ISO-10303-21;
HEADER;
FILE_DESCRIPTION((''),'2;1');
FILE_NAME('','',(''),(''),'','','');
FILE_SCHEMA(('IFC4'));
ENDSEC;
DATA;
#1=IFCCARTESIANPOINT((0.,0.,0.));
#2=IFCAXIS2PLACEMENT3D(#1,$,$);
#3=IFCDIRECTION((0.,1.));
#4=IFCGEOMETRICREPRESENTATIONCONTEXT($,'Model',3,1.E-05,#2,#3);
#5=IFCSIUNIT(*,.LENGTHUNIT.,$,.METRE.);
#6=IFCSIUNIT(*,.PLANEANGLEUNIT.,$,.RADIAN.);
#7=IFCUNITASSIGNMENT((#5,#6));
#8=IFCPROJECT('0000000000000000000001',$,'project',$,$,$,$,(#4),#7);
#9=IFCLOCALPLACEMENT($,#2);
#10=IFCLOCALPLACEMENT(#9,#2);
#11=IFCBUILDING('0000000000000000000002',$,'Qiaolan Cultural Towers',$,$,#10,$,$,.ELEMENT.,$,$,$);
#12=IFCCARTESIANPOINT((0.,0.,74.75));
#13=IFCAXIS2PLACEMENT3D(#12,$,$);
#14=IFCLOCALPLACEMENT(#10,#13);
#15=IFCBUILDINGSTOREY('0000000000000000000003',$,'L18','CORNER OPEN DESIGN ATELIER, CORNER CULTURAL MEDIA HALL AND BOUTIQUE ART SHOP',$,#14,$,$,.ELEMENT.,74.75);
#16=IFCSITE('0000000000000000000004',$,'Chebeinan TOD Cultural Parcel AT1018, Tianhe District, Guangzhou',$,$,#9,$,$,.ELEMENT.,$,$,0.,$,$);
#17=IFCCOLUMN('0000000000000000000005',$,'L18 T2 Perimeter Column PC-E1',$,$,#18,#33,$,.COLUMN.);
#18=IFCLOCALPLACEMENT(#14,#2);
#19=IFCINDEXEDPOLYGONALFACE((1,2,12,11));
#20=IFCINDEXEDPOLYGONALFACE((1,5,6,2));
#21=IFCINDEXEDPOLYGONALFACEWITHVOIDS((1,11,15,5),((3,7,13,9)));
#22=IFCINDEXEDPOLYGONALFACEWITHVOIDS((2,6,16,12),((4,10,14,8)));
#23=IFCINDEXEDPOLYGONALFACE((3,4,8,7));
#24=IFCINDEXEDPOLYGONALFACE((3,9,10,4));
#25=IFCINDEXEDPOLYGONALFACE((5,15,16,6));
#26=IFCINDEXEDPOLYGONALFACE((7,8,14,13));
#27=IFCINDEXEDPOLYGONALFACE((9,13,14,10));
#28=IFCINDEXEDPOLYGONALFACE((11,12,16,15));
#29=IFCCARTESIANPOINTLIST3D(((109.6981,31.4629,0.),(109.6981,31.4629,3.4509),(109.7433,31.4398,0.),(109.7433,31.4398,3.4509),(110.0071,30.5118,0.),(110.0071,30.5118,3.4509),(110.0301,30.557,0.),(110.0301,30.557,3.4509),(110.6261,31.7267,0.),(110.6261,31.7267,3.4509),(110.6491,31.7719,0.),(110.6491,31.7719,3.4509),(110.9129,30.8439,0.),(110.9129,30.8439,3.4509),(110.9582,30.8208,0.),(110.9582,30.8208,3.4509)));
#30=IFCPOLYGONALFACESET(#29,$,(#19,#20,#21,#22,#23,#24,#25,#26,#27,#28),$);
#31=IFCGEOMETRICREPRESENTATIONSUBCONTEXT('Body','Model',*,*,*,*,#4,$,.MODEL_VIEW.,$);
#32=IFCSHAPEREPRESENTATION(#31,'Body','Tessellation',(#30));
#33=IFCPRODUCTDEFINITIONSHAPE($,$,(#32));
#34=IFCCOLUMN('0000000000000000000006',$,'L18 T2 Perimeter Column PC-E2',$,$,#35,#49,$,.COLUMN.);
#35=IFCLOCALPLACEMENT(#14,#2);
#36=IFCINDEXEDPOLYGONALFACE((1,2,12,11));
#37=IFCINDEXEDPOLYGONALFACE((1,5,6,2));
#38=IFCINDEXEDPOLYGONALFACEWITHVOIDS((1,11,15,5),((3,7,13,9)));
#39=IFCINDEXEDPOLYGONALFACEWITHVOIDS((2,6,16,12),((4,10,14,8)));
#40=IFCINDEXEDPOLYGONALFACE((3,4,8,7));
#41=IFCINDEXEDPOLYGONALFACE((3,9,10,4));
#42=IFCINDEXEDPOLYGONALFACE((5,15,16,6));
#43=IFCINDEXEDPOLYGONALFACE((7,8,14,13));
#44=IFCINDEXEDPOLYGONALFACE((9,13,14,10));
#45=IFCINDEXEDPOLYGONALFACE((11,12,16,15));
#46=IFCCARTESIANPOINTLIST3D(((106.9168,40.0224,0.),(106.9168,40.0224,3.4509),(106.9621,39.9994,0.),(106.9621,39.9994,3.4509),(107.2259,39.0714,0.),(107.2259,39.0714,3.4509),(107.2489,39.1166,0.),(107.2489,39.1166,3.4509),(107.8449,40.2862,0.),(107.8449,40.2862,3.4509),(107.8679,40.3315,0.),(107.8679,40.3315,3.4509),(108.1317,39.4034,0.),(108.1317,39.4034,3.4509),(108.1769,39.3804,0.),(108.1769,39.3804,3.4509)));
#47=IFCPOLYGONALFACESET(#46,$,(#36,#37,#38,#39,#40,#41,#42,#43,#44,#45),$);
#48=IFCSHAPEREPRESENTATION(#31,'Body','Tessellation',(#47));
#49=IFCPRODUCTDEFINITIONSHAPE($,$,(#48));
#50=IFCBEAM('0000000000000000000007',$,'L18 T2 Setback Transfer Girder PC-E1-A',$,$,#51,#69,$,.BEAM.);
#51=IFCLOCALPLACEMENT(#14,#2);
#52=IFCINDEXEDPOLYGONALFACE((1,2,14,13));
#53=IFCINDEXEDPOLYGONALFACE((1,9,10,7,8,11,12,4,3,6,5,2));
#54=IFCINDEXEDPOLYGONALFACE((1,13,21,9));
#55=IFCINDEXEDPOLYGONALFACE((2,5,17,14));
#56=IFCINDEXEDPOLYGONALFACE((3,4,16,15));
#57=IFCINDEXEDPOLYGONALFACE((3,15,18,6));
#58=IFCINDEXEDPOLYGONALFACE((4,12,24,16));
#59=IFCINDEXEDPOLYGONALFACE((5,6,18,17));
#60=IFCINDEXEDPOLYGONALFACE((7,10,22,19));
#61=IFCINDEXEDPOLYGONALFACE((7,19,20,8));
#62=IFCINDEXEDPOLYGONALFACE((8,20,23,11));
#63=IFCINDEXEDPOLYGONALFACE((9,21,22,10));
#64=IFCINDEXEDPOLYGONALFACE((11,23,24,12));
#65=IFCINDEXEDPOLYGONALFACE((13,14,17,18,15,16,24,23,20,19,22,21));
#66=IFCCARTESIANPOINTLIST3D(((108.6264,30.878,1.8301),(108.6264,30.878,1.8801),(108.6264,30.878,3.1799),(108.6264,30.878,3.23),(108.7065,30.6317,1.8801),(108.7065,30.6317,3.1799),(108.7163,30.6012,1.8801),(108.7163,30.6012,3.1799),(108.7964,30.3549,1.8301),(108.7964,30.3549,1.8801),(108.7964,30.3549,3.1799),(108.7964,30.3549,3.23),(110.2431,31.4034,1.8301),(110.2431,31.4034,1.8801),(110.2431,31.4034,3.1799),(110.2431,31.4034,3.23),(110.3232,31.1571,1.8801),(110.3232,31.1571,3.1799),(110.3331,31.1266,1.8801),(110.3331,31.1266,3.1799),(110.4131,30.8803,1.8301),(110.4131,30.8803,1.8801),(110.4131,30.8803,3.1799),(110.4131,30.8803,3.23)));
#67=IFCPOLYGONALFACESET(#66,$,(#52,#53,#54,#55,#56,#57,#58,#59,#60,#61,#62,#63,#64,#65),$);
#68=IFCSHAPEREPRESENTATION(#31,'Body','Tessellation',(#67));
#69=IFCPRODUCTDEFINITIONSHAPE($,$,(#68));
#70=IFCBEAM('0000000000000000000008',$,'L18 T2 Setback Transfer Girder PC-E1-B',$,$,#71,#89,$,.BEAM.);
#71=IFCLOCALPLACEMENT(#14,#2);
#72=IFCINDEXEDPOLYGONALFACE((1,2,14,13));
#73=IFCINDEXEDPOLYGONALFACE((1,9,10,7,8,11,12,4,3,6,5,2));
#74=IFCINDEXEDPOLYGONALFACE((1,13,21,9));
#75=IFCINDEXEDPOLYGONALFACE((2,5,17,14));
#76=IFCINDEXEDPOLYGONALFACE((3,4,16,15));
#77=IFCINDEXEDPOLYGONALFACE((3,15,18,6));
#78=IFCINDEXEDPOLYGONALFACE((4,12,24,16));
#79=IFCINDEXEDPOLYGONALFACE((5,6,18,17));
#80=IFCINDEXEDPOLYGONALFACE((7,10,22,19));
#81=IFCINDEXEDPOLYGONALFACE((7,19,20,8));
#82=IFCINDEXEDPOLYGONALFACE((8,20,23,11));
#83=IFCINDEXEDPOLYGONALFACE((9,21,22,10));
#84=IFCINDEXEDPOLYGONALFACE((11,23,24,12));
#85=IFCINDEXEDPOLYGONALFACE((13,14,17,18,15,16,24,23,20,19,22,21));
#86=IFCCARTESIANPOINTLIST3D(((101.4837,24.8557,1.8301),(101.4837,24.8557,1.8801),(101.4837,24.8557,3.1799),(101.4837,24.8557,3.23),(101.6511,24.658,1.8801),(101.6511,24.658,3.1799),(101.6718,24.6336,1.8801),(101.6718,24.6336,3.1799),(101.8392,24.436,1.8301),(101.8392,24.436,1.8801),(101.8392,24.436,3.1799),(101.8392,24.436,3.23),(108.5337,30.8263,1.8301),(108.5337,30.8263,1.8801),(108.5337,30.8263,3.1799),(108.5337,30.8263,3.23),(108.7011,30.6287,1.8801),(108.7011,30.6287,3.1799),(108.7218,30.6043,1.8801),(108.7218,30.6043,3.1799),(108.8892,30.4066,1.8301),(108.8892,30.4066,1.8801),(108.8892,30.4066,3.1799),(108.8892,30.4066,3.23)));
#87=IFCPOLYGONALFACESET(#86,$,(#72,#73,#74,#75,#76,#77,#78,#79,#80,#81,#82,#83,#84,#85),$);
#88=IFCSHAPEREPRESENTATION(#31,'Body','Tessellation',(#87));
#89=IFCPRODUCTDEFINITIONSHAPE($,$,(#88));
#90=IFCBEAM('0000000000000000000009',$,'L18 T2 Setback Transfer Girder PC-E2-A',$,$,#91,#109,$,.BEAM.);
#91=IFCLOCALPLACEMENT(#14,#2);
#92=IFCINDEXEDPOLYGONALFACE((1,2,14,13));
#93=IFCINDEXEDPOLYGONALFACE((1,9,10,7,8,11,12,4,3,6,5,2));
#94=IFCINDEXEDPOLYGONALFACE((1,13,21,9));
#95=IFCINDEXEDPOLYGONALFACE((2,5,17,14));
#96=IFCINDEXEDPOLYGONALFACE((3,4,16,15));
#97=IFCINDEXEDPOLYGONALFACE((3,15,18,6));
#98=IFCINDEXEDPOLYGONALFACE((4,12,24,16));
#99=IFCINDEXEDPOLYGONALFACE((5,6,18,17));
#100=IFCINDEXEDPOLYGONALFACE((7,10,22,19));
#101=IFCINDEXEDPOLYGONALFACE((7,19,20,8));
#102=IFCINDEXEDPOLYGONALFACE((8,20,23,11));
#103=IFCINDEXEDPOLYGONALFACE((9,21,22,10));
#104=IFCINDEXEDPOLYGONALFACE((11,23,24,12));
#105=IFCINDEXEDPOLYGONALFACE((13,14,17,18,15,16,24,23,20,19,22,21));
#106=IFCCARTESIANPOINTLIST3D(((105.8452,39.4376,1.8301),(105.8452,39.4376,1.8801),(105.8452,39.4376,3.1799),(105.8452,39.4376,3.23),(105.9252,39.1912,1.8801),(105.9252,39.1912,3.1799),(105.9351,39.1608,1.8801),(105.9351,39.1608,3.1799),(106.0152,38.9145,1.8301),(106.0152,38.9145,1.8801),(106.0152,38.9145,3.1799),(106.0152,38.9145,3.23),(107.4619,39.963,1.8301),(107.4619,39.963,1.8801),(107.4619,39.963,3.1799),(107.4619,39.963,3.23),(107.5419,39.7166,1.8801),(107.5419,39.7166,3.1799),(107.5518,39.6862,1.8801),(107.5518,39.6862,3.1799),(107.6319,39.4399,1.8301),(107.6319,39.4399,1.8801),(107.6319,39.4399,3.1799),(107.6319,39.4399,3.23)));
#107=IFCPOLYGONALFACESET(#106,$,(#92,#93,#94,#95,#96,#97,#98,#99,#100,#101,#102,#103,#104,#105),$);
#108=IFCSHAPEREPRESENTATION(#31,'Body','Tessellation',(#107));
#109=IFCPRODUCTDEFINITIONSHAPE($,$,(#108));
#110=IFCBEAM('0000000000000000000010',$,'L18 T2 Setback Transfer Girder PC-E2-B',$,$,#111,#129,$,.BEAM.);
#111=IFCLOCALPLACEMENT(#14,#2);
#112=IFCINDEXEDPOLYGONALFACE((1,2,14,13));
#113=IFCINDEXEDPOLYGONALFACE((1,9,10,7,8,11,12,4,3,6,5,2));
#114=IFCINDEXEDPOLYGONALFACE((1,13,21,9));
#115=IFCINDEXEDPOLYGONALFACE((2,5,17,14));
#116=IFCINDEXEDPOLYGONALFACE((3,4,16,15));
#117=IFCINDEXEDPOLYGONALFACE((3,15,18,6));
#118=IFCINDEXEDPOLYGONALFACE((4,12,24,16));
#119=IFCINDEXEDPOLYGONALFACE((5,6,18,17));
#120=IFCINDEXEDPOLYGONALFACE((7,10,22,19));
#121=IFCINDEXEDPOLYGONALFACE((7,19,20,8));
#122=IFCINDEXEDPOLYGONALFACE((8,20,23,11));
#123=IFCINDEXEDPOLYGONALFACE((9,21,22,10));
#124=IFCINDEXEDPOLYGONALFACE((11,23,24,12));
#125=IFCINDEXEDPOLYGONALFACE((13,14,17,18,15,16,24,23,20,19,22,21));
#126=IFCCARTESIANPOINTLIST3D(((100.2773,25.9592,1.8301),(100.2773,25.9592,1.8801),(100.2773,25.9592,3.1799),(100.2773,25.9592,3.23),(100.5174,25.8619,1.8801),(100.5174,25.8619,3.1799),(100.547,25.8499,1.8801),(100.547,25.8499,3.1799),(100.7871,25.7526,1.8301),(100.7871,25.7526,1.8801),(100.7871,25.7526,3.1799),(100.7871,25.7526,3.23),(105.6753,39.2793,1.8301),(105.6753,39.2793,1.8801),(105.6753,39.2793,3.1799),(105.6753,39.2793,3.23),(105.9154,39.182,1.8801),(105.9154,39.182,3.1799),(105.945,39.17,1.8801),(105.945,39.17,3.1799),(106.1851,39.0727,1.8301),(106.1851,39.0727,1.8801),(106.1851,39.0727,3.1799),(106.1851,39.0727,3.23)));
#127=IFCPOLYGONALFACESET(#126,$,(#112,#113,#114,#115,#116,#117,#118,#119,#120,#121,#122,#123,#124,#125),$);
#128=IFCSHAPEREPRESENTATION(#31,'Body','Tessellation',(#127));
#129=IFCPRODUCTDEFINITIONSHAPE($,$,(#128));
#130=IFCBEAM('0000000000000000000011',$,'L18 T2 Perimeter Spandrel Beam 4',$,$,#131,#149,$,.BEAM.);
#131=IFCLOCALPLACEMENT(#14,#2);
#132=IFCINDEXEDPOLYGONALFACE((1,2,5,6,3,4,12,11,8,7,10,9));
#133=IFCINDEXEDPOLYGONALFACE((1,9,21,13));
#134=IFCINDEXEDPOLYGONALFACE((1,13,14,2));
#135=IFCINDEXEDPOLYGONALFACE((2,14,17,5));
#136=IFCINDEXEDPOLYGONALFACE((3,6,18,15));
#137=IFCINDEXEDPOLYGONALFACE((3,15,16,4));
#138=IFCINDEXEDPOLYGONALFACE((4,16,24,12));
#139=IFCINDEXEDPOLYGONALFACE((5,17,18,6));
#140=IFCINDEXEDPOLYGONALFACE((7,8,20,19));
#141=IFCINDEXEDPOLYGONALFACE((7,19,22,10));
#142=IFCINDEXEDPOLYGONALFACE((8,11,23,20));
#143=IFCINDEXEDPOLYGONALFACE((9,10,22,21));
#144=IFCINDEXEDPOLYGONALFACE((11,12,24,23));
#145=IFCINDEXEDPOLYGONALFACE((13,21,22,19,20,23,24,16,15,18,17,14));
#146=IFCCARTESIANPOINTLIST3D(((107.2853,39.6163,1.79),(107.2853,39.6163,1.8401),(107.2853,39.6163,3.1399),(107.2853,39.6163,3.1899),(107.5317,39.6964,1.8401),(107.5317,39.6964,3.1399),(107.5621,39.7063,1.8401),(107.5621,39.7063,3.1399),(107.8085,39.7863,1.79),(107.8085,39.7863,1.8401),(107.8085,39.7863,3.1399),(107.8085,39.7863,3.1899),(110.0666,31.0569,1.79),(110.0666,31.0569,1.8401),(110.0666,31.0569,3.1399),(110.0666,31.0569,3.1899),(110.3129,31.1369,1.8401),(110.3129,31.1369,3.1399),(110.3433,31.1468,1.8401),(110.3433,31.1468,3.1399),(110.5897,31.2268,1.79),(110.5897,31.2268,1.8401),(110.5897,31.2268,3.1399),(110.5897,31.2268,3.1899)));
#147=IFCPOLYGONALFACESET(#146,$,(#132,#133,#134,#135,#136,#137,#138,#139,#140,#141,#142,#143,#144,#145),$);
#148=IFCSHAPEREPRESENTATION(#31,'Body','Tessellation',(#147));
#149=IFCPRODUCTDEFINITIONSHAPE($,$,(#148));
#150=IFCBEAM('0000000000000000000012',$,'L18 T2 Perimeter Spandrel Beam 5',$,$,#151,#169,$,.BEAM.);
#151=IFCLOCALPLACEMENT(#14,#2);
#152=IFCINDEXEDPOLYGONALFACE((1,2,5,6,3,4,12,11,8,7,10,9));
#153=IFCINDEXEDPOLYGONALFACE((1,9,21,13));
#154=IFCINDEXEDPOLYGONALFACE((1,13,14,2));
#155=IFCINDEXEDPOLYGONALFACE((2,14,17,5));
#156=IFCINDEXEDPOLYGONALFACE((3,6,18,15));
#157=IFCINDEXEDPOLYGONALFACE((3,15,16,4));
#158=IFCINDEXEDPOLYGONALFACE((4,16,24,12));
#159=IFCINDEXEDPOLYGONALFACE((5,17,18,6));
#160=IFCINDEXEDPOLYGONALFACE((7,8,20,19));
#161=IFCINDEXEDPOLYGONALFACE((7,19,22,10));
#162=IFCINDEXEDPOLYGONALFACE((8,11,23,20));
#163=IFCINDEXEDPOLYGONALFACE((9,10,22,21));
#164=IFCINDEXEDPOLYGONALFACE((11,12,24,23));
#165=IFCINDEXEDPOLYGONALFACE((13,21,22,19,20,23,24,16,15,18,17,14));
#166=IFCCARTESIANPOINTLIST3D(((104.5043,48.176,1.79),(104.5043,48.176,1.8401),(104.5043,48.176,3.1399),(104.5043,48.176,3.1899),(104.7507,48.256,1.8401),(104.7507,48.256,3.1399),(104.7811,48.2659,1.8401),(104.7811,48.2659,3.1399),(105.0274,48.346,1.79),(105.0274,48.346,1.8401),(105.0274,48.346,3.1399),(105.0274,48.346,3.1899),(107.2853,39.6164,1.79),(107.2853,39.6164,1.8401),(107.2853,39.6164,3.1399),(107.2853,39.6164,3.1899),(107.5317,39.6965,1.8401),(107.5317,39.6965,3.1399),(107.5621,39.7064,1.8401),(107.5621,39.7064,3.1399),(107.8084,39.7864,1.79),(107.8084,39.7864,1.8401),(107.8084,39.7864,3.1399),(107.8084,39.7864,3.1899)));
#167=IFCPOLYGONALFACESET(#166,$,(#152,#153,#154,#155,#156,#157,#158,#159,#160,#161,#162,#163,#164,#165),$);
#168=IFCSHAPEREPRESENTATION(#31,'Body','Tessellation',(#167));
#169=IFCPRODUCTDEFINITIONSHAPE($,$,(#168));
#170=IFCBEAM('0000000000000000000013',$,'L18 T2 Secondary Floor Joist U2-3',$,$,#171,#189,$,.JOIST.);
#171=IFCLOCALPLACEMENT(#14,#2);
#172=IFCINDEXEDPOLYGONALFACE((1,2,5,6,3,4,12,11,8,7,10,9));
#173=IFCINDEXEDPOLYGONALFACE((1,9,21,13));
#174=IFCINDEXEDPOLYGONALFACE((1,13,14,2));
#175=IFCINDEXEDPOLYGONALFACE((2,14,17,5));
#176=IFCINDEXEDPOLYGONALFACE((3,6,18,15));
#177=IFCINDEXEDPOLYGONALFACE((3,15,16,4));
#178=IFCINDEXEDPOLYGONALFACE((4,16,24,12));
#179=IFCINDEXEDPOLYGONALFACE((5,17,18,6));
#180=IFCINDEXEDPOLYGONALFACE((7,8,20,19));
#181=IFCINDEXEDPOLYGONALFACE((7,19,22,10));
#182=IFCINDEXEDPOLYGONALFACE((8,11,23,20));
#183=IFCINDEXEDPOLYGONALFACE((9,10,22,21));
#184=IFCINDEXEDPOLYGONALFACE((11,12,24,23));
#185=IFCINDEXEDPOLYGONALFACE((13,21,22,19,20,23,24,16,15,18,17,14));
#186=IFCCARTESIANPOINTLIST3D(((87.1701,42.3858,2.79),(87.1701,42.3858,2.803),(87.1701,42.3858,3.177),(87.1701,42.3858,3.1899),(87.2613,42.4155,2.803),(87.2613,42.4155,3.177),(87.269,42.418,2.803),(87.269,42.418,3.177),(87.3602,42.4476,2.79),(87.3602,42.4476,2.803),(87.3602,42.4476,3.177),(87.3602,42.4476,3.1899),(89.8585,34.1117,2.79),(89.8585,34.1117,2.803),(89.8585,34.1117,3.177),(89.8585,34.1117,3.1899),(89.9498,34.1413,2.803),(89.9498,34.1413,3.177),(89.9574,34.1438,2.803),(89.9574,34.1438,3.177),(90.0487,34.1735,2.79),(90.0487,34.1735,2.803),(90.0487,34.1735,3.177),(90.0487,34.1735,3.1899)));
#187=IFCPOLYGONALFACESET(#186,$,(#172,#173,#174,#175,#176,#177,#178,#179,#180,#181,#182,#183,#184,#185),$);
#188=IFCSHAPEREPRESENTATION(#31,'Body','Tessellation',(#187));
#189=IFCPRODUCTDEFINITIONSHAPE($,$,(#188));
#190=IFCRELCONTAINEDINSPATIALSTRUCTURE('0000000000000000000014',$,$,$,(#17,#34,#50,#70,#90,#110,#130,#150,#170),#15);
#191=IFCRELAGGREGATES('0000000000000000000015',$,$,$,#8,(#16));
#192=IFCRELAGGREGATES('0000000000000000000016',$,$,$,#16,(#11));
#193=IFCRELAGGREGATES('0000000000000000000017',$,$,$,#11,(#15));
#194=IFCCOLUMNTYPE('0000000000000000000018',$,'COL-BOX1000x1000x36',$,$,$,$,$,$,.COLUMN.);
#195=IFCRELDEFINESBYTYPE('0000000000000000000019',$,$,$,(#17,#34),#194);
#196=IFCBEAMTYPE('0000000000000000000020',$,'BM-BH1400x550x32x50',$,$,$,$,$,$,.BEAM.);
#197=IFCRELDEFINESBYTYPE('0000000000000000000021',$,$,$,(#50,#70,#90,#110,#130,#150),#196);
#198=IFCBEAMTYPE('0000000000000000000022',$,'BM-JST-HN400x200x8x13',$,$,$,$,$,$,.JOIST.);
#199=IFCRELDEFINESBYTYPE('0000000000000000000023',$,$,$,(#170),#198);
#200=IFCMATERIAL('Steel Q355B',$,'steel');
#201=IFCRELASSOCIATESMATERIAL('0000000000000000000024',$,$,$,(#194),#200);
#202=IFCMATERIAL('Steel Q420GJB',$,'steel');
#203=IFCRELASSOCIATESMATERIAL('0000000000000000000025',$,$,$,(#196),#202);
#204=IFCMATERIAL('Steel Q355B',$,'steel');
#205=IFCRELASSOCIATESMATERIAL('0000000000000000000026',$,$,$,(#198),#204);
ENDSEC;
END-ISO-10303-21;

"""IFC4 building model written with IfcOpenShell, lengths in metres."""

from ifc_helpers import new_model, si_unit, direction, frame, origin, origin_2d, place, context, subcontext, project, spatial, hollow_rectangle, i_section, extrude, material, material_profile, profile_set, type_object, element, save


model = new_model("IFC4")

# Units and contexts
model_context = context("Model", 3, precision=1e-05, world=origin(), true_north=direction((0.0, 1.0)))
body_context = subcontext(model_context, "Body", "Model", "MODEL_VIEW")
ifc_project = project(units=[si_unit("LENGTHUNIT", "METRE"), si_unit("PLANEANGLEUNIT", "RADIAN")], contexts=[model_context])

# Site, building, storey
site_placement = place(None, origin())
site = spatial("IfcSite", under=ifc_project, at=site_placement, Name="Chebeinan TOD Cultural Parcel AT1018, Tianhe District, Guangzhou", CompositionType="ELEMENT", RefElevation=0.0)
building_placement = place(site_placement, origin())
building = spatial("IfcBuilding", under=site, at=building_placement, Name="Qiaolan Cultural Towers", CompositionType="ELEMENT")
storey_placement = place(building_placement, frame((0.0, 0.0, 74.75)))
storey = spatial("IfcBuildingStorey", under=building, at=storey_placement, Name="L18", Description="CORNER OPEN DESIGN ATELIER, CORNER CULTURAL MEDIA HALL AND BOUTIQUE ART SHOP", CompositionType="ELEMENT", Elevation=74.75)

# Columns
ifc_material_1 = material(Name="Steel Q355B", Category="steel")
ifc_material_profile_1 = material_profile(ifc_material_1, hollow_rectangle(XDim=1.0, YDim=1.0, WallThickness=0.0359, at=origin_2d()), Name="BOX1000x1000x36")
ifc_profile_set_1 = profile_set([ifc_material_profile_1], Name="Steel Q355B")
column_type = type_object("IfcColumnType", Name="COL-BOX1000x1000x36", PredefinedType="COLUMN", material=ifc_profile_set_1)
for number, where, z_axis, x_axis, name in (
    (1, (110.3281, 31.1418, 0.0), (0.0, 0.0, 1.0), (0.951057, 0.309017, 0.0), "L18 T2 Perimeter Column PC-E1"),
    (2, (107.5469, 39.7014, 0.0), (0.0, 0.0, 1.0), (0.951057, 0.309017, 0.0), "L18 T2 Perimeter Column PC-E2"),
):
    element("IfcColumn", number, at=place(storey_placement, frame(where, z_axis=z_axis, x_axis=x_axis)), inside=storey, type_object=column_type, Name=name, PredefinedType="COLUMN", context=body_context, shape_type="SweptSolid", body=[
        extrude(hollow_rectangle(XDim=1.0, YDim=1.0, WallThickness=0.0359, at=origin_2d()), origin(), (0.0, 0.0, 1.0), 3.4509),
    ])

# Beams
ifc_material_2 = material(Name="Steel Q420GJB", Category="steel")
ifc_material_profile_2 = material_profile(ifc_material_2, i_section(OverallWidth=0.55, OverallDepth=1.3999, WebThickness=0.032, FlangeThickness=0.05, at=origin_2d()), Name="BH1400x550x32x50")
ifc_profile_set_2 = profile_set([ifc_material_profile_2], Name="Steel Q420GJB")
beam_type_1 = type_object("IfcBeamType", Name="BM-BH1400x550x32x50", PredefinedType="BEAM", material=ifc_profile_set_2)
beam_1_placement = place(storey_placement, frame((110.3281, 31.1418, 2.53), z_axis=(-0.95104, -0.309067, 0.0), x_axis=(0.309067, -0.95104, 0.0)))
element("IfcBeam", 3, at=beam_1_placement, inside=storey, type_object=beam_type_1, Name="L18 T2 Setback Transfer Girder PC-E1-A", PredefinedType="BEAM", context=body_context, shape_type="SweptSolid", body=[
    extrude(i_section(OverallWidth=0.55, OverallDepth=1.3999, WebThickness=0.032, FlangeThickness=0.05, at=origin_2d()), origin(), (0.0, 0.0, 1.0), 1.7),
])
beam_2_placement = place(storey_placement, frame((108.7114, 30.6165, 2.53), z_axis=(-0.763105, -0.646275, 0.0), x_axis=(0.646275, -0.763105, 0.0)))
element("IfcBeam", 4, at=beam_2_placement, inside=storey, type_object=beam_type_1, Name="L18 T2 Setback Transfer Girder PC-E1-B", PredefinedType="BEAM", context=body_context, shape_type="SweptSolid", body=[
    extrude(i_section(OverallWidth=0.55, OverallDepth=1.3999, WebThickness=0.032, FlangeThickness=0.05, at=origin_2d()), origin(), (0.0, 0.0, 1.0), 9.2385),
])
beam_3_placement = place(storey_placement, frame((107.5469, 39.7014, 2.53), z_axis=(-0.95104, -0.309067, 0.0), x_axis=(0.309067, -0.95104, 0.0)))
element("IfcBeam", 5, at=beam_3_placement, inside=storey, type_object=beam_type_1, Name="L18 T2 Setback Transfer Girder PC-E2-A", PredefinedType="BEAM", context=body_context, shape_type="SweptSolid", body=[
    extrude(i_section(OverallWidth=0.55, OverallDepth=1.3999, WebThickness=0.032, FlangeThickness=0.05, at=origin_2d()), origin(), (0.0, 0.0, 1.0), 1.7),
])
beam_4_placement = place(storey_placement, frame((105.9302, 39.176, 2.53), z_axis=(-0.375581, -0.92679, 0.0), x_axis=(0.92679, -0.375581, 0.0)))
element("IfcBeam", 6, at=beam_4_placement, inside=storey, type_object=beam_type_1, Name="L18 T2 Setback Transfer Girder PC-E2-B", PredefinedType="BEAM", context=body_context, shape_type="SweptSolid", body=[
    extrude(i_section(OverallWidth=0.55, OverallDepth=1.3999, WebThickness=0.032, FlangeThickness=0.05, at=origin_2d()), origin(), (0.0, 0.0, 1.0), 14.3723),
])
for number, where, z_axis, x_axis, name in (
    (7, (110.3281, 31.1418, 2.49), (-0.309025, 0.951054, 0.0), (-0.951054, -0.309025, 0.0), "L18 T2 Perimeter Spandrel Beam 4"),
    (8, (107.5469, 39.7014, 2.49), (-0.309, 0.951062, 0.0), (-0.951062, -0.309, 0.0), "L18 T2 Perimeter Spandrel Beam 5"),
):
    element("IfcBeam", number, at=place(storey_placement, frame(where, z_axis=z_axis, x_axis=x_axis)), inside=storey, type_object=beam_type_1, Name=name, PredefinedType="BEAM", context=body_context, shape_type="SweptSolid", body=[
        extrude(i_section(OverallWidth=0.55, OverallDepth=1.3999, WebThickness=0.032, FlangeThickness=0.05, at=origin_2d()), origin(), (0.0, 0.0, 1.0), 9.0),
    ])
ifc_material_3 = material(Name="Steel Q355B", Category="steel")
ifc_material_profile_3 = material_profile(ifc_material_3, i_section(OverallWidth=0.2, OverallDepth=0.3999, WebThickness=0.0081, FlangeThickness=0.0129, at=origin_2d()), Name="HN400x200x8x13")
ifc_profile_set_3 = profile_set([ifc_material_profile_3], Name="Steel Q355B")
beam_type_2 = type_object("IfcBeamType", Name="BM-JST-HN400x200x8x13", PredefinedType="JOIST", material=ifc_profile_set_3)
for number, where, z_axis, x_axis, name in (
    (9, (89.9536, 34.1426, 2.99), (-0.309021, 0.951055, 0.0), (-0.951055, -0.309021, 0.0), "L18 T2 Secondary Floor Joist U2-3"),
):
    element("IfcBeam", number, at=place(storey_placement, frame(where, z_axis=z_axis, x_axis=x_axis)), inside=storey, type_object=beam_type_2, Name=name, PredefinedType="JOIST", context=body_context, shape_type="SweptSolid", body=[
        extrude(i_section(OverallWidth=0.2, OverallDepth=0.3999, WebThickness=0.0081, FlangeThickness=0.0129, at=origin_2d()), origin(), (0.0, 0.0, 1.0), 8.7),
    ])

save(model, "model.ifc")
